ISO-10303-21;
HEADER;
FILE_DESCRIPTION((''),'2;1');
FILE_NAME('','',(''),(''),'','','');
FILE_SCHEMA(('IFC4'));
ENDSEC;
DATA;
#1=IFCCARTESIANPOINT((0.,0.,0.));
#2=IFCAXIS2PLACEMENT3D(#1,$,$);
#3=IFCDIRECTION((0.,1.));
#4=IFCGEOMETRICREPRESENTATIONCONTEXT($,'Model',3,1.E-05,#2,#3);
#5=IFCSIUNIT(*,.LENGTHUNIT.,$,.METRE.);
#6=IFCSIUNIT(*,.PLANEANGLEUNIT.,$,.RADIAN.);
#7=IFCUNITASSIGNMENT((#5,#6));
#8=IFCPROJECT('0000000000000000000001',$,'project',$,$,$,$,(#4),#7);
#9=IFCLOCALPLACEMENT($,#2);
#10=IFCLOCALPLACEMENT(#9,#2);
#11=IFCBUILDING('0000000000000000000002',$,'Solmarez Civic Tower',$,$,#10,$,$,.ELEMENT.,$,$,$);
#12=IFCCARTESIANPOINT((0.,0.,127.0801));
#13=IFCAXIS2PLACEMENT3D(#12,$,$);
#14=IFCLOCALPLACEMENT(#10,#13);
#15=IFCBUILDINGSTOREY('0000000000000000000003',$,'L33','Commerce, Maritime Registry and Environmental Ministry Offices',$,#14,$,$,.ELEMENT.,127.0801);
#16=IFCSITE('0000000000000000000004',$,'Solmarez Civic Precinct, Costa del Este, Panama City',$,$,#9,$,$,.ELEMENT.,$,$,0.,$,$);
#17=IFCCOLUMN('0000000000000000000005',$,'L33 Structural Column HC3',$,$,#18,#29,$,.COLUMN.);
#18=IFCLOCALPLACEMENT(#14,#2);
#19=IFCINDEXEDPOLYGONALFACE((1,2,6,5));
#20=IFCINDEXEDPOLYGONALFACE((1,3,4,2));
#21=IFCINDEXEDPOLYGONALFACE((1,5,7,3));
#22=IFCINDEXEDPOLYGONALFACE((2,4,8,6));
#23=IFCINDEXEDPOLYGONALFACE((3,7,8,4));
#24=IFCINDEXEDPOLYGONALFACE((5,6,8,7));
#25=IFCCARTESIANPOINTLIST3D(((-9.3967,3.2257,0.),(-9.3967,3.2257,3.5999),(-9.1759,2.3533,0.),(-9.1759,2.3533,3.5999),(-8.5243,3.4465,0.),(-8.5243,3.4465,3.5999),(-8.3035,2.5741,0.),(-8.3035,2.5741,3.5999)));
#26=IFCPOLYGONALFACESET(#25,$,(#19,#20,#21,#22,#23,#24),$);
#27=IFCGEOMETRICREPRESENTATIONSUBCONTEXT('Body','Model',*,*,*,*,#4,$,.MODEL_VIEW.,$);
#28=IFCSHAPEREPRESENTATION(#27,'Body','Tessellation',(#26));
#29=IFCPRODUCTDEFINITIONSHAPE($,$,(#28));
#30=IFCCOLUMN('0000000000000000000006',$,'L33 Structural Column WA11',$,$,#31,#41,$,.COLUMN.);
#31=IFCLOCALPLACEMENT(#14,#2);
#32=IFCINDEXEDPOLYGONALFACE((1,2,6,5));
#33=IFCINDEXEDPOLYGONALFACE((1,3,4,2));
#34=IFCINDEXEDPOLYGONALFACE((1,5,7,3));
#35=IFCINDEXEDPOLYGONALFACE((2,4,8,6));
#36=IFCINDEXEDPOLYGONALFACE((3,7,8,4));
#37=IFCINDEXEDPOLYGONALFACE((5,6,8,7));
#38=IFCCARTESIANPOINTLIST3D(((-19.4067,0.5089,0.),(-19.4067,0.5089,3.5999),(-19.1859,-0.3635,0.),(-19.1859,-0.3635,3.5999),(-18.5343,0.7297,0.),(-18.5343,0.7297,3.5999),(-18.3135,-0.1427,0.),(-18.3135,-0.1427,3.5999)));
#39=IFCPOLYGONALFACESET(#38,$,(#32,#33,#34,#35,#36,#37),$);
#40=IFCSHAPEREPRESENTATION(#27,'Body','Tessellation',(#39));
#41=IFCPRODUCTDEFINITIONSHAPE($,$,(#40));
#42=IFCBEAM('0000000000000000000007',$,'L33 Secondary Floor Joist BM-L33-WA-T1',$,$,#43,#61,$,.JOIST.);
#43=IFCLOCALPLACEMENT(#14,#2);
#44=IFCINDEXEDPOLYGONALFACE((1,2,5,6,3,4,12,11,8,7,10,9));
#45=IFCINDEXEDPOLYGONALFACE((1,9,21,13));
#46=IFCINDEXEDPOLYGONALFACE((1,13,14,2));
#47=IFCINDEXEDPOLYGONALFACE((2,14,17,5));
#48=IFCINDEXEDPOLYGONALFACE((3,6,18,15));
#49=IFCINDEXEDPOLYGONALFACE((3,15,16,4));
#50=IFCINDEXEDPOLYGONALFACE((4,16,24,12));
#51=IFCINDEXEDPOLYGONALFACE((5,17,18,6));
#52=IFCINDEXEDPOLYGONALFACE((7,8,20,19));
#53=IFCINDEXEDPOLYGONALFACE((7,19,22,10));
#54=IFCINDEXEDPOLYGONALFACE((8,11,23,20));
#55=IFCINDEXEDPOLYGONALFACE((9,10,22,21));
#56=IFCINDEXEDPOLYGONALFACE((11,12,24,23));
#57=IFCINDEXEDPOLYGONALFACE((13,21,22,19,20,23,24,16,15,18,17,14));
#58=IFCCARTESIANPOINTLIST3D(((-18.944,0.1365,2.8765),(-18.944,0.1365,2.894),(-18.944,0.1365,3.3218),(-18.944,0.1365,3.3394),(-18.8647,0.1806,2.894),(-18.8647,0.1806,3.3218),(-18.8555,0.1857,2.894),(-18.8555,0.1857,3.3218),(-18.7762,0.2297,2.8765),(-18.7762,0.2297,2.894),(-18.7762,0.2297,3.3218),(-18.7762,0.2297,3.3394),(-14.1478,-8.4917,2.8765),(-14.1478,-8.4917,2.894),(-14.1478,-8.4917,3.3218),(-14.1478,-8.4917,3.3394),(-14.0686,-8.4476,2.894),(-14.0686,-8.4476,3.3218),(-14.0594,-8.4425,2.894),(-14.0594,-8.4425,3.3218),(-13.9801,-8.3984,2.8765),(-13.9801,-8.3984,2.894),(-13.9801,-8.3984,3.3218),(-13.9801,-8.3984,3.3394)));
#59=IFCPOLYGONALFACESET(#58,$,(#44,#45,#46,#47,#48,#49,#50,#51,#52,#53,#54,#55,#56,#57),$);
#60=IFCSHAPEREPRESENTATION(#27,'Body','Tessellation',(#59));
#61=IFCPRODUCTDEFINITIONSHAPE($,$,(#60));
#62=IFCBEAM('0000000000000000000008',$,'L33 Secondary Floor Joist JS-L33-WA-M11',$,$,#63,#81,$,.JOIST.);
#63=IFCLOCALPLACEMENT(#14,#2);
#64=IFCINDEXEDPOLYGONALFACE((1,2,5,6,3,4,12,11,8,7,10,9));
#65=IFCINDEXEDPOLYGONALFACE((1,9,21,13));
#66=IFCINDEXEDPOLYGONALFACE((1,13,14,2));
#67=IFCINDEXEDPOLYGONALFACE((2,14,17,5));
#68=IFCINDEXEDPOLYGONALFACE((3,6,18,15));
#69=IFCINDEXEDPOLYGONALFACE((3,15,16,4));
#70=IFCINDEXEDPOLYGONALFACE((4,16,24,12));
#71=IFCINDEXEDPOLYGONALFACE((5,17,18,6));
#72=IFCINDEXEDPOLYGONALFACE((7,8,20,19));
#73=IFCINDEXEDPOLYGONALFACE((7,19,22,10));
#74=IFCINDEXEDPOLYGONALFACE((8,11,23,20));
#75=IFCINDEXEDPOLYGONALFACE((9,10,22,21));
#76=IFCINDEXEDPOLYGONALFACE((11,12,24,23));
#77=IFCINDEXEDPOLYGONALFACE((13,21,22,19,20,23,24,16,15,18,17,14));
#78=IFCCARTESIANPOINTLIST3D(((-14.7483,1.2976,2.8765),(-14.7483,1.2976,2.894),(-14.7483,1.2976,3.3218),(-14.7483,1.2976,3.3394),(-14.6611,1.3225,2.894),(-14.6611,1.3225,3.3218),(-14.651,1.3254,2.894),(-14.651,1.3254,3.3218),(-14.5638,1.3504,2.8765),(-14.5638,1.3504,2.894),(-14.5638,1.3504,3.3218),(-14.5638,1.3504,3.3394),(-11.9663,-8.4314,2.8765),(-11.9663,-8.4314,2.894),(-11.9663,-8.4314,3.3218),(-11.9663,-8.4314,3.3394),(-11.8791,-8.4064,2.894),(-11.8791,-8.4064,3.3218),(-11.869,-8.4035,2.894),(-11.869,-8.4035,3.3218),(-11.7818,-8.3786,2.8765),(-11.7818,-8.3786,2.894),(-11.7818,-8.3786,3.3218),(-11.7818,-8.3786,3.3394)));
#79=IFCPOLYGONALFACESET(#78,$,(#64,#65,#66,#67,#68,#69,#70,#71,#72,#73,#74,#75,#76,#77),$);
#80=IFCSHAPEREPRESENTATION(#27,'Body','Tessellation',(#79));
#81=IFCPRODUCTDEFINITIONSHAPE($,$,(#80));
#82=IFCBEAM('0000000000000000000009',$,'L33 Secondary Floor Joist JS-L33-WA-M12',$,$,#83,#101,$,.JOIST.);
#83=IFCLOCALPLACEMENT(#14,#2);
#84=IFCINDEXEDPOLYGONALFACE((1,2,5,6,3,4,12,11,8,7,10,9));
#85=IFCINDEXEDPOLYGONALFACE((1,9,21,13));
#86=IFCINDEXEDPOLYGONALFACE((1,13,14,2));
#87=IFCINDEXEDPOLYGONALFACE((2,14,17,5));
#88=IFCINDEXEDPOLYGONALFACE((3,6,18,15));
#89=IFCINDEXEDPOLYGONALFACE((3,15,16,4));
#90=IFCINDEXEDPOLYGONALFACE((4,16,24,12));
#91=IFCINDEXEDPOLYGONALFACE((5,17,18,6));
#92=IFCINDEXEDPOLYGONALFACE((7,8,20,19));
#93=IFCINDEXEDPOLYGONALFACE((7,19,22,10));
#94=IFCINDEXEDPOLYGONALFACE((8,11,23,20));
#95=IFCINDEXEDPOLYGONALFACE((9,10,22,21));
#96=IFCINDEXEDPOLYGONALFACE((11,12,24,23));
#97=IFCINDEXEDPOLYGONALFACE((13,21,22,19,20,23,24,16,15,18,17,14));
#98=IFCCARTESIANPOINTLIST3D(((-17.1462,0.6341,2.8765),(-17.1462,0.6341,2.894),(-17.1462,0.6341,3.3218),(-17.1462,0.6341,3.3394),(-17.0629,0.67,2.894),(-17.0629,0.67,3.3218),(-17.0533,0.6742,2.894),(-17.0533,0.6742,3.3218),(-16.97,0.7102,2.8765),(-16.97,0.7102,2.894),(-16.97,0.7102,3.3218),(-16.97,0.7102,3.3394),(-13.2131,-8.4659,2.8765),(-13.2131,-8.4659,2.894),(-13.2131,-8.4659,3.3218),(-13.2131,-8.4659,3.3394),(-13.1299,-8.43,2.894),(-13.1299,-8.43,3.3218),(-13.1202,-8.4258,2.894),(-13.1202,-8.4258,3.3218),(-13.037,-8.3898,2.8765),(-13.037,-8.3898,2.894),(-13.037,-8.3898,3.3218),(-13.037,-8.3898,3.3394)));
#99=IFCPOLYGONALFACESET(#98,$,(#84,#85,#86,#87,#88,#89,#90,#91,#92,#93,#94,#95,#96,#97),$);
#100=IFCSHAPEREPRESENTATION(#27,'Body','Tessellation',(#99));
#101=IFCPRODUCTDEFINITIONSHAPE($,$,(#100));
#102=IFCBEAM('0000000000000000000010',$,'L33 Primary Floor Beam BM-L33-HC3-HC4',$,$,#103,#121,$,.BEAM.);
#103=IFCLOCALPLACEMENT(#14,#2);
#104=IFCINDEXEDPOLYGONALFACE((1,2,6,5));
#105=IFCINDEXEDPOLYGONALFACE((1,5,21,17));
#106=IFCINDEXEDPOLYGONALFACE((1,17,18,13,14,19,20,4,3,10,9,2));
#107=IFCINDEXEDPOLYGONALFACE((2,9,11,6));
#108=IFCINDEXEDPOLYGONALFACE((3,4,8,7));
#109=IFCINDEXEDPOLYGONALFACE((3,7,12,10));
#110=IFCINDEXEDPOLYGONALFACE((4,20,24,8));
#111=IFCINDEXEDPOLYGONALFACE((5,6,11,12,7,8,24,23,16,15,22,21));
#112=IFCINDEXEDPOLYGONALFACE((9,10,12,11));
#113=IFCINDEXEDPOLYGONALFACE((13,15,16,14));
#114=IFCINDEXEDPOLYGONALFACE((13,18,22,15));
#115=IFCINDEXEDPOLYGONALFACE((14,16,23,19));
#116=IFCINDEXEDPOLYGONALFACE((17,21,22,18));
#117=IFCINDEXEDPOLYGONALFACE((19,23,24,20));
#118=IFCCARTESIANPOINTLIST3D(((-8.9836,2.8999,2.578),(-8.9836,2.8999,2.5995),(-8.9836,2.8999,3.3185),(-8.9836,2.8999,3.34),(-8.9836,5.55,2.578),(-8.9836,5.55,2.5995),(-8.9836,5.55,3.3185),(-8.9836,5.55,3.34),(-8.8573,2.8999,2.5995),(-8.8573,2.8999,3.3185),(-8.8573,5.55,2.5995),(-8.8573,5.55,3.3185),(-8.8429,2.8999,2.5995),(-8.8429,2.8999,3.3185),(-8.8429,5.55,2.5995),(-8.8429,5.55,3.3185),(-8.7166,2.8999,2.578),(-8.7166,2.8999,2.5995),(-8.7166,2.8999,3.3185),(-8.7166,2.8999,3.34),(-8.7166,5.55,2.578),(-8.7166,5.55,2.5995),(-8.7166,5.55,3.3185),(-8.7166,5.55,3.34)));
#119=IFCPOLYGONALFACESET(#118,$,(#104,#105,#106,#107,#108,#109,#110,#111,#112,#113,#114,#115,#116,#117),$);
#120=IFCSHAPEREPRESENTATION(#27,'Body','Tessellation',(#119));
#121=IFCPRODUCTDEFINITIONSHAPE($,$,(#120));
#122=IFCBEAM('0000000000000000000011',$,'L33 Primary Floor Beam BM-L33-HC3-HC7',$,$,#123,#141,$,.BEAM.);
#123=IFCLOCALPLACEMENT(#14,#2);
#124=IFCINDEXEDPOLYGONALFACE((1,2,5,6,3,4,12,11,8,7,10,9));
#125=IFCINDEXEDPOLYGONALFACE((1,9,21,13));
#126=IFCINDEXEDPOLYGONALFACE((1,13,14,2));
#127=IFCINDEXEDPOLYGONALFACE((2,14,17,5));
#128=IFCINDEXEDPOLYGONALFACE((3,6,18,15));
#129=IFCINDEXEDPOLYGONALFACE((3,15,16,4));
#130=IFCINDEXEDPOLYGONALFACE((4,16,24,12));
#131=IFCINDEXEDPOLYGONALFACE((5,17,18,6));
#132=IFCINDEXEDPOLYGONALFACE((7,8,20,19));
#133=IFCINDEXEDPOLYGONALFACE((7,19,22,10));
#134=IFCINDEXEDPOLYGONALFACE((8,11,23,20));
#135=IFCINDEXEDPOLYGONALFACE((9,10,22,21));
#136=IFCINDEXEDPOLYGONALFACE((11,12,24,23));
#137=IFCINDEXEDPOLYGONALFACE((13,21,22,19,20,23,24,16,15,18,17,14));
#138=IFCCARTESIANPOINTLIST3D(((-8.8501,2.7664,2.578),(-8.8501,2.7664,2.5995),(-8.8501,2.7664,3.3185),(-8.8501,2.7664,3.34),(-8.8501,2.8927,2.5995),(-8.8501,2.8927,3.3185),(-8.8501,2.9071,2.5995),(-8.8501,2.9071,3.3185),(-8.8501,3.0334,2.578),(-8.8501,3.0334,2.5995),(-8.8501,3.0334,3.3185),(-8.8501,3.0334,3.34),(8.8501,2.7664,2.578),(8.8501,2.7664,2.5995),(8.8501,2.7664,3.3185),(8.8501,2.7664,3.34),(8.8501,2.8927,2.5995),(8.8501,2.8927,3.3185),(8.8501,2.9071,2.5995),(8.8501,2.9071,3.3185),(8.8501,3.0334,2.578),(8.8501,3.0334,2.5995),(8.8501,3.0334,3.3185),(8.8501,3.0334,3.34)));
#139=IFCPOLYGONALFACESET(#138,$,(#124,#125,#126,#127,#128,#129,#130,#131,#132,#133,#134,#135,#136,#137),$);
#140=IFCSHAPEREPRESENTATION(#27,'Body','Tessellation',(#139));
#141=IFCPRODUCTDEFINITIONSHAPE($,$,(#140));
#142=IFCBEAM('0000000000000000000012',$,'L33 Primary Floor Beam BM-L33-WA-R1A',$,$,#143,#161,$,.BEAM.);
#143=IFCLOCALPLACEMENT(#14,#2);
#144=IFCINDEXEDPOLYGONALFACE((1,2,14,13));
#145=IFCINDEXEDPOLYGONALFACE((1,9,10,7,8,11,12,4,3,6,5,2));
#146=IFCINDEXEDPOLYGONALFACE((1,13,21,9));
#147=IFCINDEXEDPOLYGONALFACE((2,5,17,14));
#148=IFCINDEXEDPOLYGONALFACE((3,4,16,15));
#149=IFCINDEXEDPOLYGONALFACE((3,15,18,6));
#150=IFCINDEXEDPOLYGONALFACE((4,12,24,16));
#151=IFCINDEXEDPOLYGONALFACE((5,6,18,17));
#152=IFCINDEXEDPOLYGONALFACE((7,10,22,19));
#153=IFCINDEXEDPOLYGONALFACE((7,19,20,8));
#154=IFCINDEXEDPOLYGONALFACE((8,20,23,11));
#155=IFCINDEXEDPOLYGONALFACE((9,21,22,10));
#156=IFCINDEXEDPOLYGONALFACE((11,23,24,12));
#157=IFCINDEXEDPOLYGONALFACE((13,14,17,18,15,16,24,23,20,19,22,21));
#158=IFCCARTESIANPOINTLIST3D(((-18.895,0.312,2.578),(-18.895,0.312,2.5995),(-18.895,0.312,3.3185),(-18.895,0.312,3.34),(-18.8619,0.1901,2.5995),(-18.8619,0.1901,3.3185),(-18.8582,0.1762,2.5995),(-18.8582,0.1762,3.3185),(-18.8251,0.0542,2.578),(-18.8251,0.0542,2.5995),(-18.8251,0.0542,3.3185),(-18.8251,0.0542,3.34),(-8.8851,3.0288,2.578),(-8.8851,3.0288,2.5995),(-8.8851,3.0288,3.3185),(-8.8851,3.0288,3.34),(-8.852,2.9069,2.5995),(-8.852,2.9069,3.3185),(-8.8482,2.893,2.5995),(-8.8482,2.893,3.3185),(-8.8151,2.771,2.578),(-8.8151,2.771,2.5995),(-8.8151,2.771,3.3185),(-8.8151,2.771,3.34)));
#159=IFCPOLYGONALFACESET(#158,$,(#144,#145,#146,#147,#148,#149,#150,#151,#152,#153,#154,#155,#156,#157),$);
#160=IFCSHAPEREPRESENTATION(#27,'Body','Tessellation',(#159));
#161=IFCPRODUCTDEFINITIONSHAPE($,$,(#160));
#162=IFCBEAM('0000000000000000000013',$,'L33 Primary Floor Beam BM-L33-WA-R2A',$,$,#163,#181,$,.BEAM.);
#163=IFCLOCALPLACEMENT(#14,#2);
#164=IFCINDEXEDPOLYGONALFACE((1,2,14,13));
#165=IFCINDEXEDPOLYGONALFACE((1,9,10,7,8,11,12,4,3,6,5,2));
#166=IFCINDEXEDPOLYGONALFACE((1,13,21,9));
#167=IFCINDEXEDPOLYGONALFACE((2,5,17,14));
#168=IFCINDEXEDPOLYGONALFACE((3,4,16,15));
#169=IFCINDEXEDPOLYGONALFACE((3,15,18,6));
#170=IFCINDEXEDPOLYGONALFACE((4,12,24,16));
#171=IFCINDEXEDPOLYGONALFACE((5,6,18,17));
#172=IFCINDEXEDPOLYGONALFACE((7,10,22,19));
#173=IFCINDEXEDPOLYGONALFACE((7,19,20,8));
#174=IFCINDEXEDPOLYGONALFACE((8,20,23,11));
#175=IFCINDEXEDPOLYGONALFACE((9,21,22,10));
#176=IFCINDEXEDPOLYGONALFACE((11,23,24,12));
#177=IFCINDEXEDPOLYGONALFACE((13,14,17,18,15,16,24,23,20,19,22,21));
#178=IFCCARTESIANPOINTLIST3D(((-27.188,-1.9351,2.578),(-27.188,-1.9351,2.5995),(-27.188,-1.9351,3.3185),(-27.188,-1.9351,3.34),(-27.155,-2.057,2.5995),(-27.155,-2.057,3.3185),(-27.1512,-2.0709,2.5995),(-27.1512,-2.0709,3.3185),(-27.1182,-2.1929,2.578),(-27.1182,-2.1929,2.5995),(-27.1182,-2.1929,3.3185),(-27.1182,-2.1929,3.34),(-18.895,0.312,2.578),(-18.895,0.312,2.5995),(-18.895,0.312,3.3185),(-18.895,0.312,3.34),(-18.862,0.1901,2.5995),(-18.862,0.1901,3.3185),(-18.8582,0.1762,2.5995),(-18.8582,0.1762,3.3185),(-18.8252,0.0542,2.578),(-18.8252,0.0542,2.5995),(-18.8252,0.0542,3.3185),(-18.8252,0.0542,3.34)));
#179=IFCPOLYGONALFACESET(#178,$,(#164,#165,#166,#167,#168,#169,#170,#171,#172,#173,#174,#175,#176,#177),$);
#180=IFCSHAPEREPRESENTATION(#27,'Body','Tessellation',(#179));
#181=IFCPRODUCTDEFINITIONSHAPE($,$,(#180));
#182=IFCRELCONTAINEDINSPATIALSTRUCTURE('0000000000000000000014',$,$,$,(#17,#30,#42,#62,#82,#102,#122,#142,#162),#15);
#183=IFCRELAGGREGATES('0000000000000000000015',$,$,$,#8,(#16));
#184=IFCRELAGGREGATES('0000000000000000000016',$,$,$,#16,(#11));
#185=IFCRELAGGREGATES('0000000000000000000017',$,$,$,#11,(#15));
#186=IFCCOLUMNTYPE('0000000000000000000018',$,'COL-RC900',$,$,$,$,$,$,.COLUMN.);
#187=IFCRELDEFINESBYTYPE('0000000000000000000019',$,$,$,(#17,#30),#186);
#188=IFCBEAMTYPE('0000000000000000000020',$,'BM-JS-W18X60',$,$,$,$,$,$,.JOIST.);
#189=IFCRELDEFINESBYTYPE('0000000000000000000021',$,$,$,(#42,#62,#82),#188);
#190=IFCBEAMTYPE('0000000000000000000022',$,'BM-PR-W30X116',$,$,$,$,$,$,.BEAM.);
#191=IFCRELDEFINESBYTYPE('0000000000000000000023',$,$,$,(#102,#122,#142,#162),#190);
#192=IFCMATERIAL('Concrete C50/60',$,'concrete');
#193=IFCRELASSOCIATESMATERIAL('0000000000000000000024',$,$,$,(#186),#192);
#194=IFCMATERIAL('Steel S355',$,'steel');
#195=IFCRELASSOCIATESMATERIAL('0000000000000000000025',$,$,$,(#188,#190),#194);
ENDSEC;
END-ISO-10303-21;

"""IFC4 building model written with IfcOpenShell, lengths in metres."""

from ifc_helpers import new_model, si_unit, direction, frame, origin, origin_2d, place, context, subcontext, project, spatial, rectangle, i_section, extrude, material, material_profile, profile_set, type_object, element, save


model = new_model("IFC4")

# Units and contexts
model_context = context("Model", 3, precision=1e-05, world=origin(), true_north=direction((0.0, 1.0)))
body_context = subcontext(model_context, "Body", "Model", "MODEL_VIEW")
ifc_project = project(units=[si_unit("LENGTHUNIT", "METRE"), si_unit("PLANEANGLEUNIT", "RADIAN")], contexts=[model_context])

# Site, building, storey
site_placement = place(None, origin())
site = spatial("IfcSite", under=ifc_project, at=site_placement, Name="Solmarez Civic Precinct, Costa del Este, Panama City", CompositionType="ELEMENT", RefElevation=0.0)
building_placement = place(site_placement, origin())
building = spatial("IfcBuilding", under=site, at=building_placement, Name="Solmarez Civic Tower", CompositionType="ELEMENT")
storey_placement = place(building_placement, frame((0.0, 0.0, 127.0801)))
storey = spatial("IfcBuildingStorey", under=building, at=storey_placement, Name="L33", Description="Commerce, Maritime Registry and Environmental Ministry Offices", CompositionType="ELEMENT", Elevation=127.0801)

# Columns
ifc_material_1 = material(Name="Concrete C50/60", Category="concrete")
ifc_material_profile_1 = material_profile(ifc_material_1, rectangle(XDim=0.8999, YDim=0.8999, at=origin_2d()), Name="RC900X900")
ifc_profile_set_1 = profile_set([ifc_material_profile_1], Name="Concrete C50/60")
column_type = type_object("IfcColumnType", Name="COL-RC900", PredefinedType="COLUMN", material=ifc_profile_set_1)
for number, where, z_axis, x_axis, name in (
    (1, (-8.8501, 2.8999, 0.0), (0.0, 0.0, 1.0), (0.969445, 0.245307, 0.0), "L33 Structural Column HC3"),
    (2, (-18.8601, 0.1831, 0.0), (0.0, 0.0, 1.0), (0.969445, 0.245307, 0.0), "L33 Structural Column WA11"),
):
    element("IfcColumn", number, at=place(storey_placement, frame(where, z_axis=z_axis, x_axis=x_axis)), inside=storey, type_object=column_type, Name=name, PredefinedType="COLUMN", context=body_context, shape_type="SweptSolid", body=[
        extrude(rectangle(XDim=0.8999, YDim=0.8999, at=origin_2d()), origin(), (0.0, 0.0, 1.0), 3.5999),
    ])

# Beams
ifc_material_2 = material(Name="Steel S355", Category="steel")
ifc_material_profile_2 = material_profile(ifc_material_2, i_section(OverallWidth=0.1919, OverallDepth=0.4629, WebThickness=0.0105, FlangeThickness=0.0176, at=origin_2d()), Name="W18X60")
ifc_profile_set_2 = profile_set([ifc_material_profile_2], Name="Steel S355")
beam_type_1 = type_object("IfcBeamType", Name="BM-JS-W18X60", PredefinedType="JOIST", material=ifc_profile_set_2)
beam_1_placement = place(storey_placement, frame((-18.8601, 0.1831, 3.1079), z_axis=(0.485853, -0.874041, 0.0), x_axis=(0.874041, 0.485853, 0.0)))
element("IfcBeam", 3, at=beam_1_placement, inside=storey, type_object=beam_type_1, Name="L33 Secondary Floor Joist BM-L33-WA-T1", PredefinedType="JOIST", context=body_context, shape_type="SweptSolid", body=[
    extrude(i_section(OverallWidth=0.1919, OverallDepth=0.4629, WebThickness=0.0105, FlangeThickness=0.0176, at=origin_2d()), origin(), (0.0, 0.0, 1.0), 9.8716),
])
beam_2_placement = place(storey_placement, frame((-14.656, 1.324, 3.1079), z_axis=(0.274928, -0.961465, 0.0), x_axis=(0.961465, 0.274928, 0.0)))
element("IfcBeam", 4, at=beam_2_placement, inside=storey, type_object=beam_type_1, Name="L33 Secondary Floor Joist JS-L33-WA-M11", PredefinedType="JOIST", context=body_context, shape_type="SweptSolid", body=[
    extrude(i_section(OverallWidth=0.1919, OverallDepth=0.4629, WebThickness=0.0105, FlangeThickness=0.0176, at=origin_2d()), origin(), (0.0, 0.0, 1.0), 10.1189),
])
beam_3_placement = place(storey_placement, frame((-17.0581, 0.6721, 3.1079), z_axis=(0.396735, -0.917933, 0.0), x_axis=(0.917933, 0.396735, 0.0)))
element("IfcBeam", 5, at=beam_3_placement, inside=storey, type_object=beam_type_1, Name="L33 Secondary Floor Joist JS-L33-WA-M12", PredefinedType="JOIST", context=body_context, shape_type="SweptSolid", body=[
    extrude(i_section(OverallWidth=0.1919, OverallDepth=0.4629, WebThickness=0.0105, FlangeThickness=0.0176, at=origin_2d()), origin(), (0.0, 0.0, 1.0), 9.9136),
])
ifc_material_profile_3 = material_profile(ifc_material_2, i_section(OverallWidth=0.2671, OverallDepth=0.762, WebThickness=0.0144, FlangeThickness=0.0215, at=origin_2d()), Name="W30X116")
ifc_profile_set_3 = profile_set([ifc_material_profile_3], Name="Steel S355")
beam_type_2 = type_object("IfcBeamType", Name="BM-PR-W30X116", PredefinedType="BEAM", material=ifc_profile_set_3)
beam_4_placement = place(storey_placement, frame((-8.8501, 2.8999, 2.959), z_axis=(0.0, 1.0, 0.0), x_axis=(-1.0, 0.0, 0.0)))
element("IfcBeam", 6, at=beam_4_placement, inside=storey, type_object=beam_type_2, Name="L33 Primary Floor Beam BM-L33-HC3-HC4", PredefinedType="BEAM", context=body_context, shape_type="SweptSolid", body=[
    extrude(i_section(OverallWidth=0.2671, OverallDepth=0.762, WebThickness=0.0144, FlangeThickness=0.0215, at=origin_2d()), origin(), (0.0, 0.0, 1.0), 2.6501),
])
beam_5_placement = place(storey_placement, frame((-8.8501, 2.8999, 2.959), z_axis=(1.0, 0.0, 0.0), x_axis=(0.0, 1.0, 0.0)))
element("IfcBeam", 7, at=beam_5_placement, inside=storey, type_object=beam_type_2, Name="L33 Primary Floor Beam BM-L33-HC3-HC7", PredefinedType="BEAM", context=body_context, shape_type="SweptSolid", body=[
    extrude(i_section(OverallWidth=0.2671, OverallDepth=0.762, WebThickness=0.0144, FlangeThickness=0.0215, at=origin_2d()), origin(), (0.0, 0.0, 1.0), 17.7002),
])
beam_6_placement = place(storey_placement, frame((-8.8501, 2.8999, 2.959), z_axis=(-0.965086, -0.261932, 0.0), x_axis=(0.261932, -0.965086, 0.0)))
element("IfcBeam", 8, at=beam_6_placement, inside=storey, type_object=beam_type_2, Name="L33 Primary Floor Beam BM-L33-WA-R1A", PredefinedType="BEAM", context=body_context, shape_type="SweptSolid", body=[
    extrude(i_section(OverallWidth=0.2671, OverallDepth=0.762, WebThickness=0.0144, FlangeThickness=0.0215, at=origin_2d()), origin(), (0.0, 0.0, 1.0), 10.3721),
])
beam_7_placement = place(storey_placement, frame((-18.8601, 0.1831, 2.959), z_axis=(-0.965195, -0.26153, 0.0), x_axis=(0.26153, -0.965195, 0.0)))
element("IfcBeam", 9, at=beam_7_placement, inside=storey, type_object=beam_type_2, Name="L33 Primary Floor Beam BM-L33-WA-R2A", PredefinedType="BEAM", context=body_context, shape_type="SweptSolid", body=[
    extrude(i_section(OverallWidth=0.2671, OverallDepth=0.762, WebThickness=0.0144, FlangeThickness=0.0215, at=origin_2d()), origin(), (0.0, 0.0, 1.0), 8.592),
])

save(model, "model.ifc")
